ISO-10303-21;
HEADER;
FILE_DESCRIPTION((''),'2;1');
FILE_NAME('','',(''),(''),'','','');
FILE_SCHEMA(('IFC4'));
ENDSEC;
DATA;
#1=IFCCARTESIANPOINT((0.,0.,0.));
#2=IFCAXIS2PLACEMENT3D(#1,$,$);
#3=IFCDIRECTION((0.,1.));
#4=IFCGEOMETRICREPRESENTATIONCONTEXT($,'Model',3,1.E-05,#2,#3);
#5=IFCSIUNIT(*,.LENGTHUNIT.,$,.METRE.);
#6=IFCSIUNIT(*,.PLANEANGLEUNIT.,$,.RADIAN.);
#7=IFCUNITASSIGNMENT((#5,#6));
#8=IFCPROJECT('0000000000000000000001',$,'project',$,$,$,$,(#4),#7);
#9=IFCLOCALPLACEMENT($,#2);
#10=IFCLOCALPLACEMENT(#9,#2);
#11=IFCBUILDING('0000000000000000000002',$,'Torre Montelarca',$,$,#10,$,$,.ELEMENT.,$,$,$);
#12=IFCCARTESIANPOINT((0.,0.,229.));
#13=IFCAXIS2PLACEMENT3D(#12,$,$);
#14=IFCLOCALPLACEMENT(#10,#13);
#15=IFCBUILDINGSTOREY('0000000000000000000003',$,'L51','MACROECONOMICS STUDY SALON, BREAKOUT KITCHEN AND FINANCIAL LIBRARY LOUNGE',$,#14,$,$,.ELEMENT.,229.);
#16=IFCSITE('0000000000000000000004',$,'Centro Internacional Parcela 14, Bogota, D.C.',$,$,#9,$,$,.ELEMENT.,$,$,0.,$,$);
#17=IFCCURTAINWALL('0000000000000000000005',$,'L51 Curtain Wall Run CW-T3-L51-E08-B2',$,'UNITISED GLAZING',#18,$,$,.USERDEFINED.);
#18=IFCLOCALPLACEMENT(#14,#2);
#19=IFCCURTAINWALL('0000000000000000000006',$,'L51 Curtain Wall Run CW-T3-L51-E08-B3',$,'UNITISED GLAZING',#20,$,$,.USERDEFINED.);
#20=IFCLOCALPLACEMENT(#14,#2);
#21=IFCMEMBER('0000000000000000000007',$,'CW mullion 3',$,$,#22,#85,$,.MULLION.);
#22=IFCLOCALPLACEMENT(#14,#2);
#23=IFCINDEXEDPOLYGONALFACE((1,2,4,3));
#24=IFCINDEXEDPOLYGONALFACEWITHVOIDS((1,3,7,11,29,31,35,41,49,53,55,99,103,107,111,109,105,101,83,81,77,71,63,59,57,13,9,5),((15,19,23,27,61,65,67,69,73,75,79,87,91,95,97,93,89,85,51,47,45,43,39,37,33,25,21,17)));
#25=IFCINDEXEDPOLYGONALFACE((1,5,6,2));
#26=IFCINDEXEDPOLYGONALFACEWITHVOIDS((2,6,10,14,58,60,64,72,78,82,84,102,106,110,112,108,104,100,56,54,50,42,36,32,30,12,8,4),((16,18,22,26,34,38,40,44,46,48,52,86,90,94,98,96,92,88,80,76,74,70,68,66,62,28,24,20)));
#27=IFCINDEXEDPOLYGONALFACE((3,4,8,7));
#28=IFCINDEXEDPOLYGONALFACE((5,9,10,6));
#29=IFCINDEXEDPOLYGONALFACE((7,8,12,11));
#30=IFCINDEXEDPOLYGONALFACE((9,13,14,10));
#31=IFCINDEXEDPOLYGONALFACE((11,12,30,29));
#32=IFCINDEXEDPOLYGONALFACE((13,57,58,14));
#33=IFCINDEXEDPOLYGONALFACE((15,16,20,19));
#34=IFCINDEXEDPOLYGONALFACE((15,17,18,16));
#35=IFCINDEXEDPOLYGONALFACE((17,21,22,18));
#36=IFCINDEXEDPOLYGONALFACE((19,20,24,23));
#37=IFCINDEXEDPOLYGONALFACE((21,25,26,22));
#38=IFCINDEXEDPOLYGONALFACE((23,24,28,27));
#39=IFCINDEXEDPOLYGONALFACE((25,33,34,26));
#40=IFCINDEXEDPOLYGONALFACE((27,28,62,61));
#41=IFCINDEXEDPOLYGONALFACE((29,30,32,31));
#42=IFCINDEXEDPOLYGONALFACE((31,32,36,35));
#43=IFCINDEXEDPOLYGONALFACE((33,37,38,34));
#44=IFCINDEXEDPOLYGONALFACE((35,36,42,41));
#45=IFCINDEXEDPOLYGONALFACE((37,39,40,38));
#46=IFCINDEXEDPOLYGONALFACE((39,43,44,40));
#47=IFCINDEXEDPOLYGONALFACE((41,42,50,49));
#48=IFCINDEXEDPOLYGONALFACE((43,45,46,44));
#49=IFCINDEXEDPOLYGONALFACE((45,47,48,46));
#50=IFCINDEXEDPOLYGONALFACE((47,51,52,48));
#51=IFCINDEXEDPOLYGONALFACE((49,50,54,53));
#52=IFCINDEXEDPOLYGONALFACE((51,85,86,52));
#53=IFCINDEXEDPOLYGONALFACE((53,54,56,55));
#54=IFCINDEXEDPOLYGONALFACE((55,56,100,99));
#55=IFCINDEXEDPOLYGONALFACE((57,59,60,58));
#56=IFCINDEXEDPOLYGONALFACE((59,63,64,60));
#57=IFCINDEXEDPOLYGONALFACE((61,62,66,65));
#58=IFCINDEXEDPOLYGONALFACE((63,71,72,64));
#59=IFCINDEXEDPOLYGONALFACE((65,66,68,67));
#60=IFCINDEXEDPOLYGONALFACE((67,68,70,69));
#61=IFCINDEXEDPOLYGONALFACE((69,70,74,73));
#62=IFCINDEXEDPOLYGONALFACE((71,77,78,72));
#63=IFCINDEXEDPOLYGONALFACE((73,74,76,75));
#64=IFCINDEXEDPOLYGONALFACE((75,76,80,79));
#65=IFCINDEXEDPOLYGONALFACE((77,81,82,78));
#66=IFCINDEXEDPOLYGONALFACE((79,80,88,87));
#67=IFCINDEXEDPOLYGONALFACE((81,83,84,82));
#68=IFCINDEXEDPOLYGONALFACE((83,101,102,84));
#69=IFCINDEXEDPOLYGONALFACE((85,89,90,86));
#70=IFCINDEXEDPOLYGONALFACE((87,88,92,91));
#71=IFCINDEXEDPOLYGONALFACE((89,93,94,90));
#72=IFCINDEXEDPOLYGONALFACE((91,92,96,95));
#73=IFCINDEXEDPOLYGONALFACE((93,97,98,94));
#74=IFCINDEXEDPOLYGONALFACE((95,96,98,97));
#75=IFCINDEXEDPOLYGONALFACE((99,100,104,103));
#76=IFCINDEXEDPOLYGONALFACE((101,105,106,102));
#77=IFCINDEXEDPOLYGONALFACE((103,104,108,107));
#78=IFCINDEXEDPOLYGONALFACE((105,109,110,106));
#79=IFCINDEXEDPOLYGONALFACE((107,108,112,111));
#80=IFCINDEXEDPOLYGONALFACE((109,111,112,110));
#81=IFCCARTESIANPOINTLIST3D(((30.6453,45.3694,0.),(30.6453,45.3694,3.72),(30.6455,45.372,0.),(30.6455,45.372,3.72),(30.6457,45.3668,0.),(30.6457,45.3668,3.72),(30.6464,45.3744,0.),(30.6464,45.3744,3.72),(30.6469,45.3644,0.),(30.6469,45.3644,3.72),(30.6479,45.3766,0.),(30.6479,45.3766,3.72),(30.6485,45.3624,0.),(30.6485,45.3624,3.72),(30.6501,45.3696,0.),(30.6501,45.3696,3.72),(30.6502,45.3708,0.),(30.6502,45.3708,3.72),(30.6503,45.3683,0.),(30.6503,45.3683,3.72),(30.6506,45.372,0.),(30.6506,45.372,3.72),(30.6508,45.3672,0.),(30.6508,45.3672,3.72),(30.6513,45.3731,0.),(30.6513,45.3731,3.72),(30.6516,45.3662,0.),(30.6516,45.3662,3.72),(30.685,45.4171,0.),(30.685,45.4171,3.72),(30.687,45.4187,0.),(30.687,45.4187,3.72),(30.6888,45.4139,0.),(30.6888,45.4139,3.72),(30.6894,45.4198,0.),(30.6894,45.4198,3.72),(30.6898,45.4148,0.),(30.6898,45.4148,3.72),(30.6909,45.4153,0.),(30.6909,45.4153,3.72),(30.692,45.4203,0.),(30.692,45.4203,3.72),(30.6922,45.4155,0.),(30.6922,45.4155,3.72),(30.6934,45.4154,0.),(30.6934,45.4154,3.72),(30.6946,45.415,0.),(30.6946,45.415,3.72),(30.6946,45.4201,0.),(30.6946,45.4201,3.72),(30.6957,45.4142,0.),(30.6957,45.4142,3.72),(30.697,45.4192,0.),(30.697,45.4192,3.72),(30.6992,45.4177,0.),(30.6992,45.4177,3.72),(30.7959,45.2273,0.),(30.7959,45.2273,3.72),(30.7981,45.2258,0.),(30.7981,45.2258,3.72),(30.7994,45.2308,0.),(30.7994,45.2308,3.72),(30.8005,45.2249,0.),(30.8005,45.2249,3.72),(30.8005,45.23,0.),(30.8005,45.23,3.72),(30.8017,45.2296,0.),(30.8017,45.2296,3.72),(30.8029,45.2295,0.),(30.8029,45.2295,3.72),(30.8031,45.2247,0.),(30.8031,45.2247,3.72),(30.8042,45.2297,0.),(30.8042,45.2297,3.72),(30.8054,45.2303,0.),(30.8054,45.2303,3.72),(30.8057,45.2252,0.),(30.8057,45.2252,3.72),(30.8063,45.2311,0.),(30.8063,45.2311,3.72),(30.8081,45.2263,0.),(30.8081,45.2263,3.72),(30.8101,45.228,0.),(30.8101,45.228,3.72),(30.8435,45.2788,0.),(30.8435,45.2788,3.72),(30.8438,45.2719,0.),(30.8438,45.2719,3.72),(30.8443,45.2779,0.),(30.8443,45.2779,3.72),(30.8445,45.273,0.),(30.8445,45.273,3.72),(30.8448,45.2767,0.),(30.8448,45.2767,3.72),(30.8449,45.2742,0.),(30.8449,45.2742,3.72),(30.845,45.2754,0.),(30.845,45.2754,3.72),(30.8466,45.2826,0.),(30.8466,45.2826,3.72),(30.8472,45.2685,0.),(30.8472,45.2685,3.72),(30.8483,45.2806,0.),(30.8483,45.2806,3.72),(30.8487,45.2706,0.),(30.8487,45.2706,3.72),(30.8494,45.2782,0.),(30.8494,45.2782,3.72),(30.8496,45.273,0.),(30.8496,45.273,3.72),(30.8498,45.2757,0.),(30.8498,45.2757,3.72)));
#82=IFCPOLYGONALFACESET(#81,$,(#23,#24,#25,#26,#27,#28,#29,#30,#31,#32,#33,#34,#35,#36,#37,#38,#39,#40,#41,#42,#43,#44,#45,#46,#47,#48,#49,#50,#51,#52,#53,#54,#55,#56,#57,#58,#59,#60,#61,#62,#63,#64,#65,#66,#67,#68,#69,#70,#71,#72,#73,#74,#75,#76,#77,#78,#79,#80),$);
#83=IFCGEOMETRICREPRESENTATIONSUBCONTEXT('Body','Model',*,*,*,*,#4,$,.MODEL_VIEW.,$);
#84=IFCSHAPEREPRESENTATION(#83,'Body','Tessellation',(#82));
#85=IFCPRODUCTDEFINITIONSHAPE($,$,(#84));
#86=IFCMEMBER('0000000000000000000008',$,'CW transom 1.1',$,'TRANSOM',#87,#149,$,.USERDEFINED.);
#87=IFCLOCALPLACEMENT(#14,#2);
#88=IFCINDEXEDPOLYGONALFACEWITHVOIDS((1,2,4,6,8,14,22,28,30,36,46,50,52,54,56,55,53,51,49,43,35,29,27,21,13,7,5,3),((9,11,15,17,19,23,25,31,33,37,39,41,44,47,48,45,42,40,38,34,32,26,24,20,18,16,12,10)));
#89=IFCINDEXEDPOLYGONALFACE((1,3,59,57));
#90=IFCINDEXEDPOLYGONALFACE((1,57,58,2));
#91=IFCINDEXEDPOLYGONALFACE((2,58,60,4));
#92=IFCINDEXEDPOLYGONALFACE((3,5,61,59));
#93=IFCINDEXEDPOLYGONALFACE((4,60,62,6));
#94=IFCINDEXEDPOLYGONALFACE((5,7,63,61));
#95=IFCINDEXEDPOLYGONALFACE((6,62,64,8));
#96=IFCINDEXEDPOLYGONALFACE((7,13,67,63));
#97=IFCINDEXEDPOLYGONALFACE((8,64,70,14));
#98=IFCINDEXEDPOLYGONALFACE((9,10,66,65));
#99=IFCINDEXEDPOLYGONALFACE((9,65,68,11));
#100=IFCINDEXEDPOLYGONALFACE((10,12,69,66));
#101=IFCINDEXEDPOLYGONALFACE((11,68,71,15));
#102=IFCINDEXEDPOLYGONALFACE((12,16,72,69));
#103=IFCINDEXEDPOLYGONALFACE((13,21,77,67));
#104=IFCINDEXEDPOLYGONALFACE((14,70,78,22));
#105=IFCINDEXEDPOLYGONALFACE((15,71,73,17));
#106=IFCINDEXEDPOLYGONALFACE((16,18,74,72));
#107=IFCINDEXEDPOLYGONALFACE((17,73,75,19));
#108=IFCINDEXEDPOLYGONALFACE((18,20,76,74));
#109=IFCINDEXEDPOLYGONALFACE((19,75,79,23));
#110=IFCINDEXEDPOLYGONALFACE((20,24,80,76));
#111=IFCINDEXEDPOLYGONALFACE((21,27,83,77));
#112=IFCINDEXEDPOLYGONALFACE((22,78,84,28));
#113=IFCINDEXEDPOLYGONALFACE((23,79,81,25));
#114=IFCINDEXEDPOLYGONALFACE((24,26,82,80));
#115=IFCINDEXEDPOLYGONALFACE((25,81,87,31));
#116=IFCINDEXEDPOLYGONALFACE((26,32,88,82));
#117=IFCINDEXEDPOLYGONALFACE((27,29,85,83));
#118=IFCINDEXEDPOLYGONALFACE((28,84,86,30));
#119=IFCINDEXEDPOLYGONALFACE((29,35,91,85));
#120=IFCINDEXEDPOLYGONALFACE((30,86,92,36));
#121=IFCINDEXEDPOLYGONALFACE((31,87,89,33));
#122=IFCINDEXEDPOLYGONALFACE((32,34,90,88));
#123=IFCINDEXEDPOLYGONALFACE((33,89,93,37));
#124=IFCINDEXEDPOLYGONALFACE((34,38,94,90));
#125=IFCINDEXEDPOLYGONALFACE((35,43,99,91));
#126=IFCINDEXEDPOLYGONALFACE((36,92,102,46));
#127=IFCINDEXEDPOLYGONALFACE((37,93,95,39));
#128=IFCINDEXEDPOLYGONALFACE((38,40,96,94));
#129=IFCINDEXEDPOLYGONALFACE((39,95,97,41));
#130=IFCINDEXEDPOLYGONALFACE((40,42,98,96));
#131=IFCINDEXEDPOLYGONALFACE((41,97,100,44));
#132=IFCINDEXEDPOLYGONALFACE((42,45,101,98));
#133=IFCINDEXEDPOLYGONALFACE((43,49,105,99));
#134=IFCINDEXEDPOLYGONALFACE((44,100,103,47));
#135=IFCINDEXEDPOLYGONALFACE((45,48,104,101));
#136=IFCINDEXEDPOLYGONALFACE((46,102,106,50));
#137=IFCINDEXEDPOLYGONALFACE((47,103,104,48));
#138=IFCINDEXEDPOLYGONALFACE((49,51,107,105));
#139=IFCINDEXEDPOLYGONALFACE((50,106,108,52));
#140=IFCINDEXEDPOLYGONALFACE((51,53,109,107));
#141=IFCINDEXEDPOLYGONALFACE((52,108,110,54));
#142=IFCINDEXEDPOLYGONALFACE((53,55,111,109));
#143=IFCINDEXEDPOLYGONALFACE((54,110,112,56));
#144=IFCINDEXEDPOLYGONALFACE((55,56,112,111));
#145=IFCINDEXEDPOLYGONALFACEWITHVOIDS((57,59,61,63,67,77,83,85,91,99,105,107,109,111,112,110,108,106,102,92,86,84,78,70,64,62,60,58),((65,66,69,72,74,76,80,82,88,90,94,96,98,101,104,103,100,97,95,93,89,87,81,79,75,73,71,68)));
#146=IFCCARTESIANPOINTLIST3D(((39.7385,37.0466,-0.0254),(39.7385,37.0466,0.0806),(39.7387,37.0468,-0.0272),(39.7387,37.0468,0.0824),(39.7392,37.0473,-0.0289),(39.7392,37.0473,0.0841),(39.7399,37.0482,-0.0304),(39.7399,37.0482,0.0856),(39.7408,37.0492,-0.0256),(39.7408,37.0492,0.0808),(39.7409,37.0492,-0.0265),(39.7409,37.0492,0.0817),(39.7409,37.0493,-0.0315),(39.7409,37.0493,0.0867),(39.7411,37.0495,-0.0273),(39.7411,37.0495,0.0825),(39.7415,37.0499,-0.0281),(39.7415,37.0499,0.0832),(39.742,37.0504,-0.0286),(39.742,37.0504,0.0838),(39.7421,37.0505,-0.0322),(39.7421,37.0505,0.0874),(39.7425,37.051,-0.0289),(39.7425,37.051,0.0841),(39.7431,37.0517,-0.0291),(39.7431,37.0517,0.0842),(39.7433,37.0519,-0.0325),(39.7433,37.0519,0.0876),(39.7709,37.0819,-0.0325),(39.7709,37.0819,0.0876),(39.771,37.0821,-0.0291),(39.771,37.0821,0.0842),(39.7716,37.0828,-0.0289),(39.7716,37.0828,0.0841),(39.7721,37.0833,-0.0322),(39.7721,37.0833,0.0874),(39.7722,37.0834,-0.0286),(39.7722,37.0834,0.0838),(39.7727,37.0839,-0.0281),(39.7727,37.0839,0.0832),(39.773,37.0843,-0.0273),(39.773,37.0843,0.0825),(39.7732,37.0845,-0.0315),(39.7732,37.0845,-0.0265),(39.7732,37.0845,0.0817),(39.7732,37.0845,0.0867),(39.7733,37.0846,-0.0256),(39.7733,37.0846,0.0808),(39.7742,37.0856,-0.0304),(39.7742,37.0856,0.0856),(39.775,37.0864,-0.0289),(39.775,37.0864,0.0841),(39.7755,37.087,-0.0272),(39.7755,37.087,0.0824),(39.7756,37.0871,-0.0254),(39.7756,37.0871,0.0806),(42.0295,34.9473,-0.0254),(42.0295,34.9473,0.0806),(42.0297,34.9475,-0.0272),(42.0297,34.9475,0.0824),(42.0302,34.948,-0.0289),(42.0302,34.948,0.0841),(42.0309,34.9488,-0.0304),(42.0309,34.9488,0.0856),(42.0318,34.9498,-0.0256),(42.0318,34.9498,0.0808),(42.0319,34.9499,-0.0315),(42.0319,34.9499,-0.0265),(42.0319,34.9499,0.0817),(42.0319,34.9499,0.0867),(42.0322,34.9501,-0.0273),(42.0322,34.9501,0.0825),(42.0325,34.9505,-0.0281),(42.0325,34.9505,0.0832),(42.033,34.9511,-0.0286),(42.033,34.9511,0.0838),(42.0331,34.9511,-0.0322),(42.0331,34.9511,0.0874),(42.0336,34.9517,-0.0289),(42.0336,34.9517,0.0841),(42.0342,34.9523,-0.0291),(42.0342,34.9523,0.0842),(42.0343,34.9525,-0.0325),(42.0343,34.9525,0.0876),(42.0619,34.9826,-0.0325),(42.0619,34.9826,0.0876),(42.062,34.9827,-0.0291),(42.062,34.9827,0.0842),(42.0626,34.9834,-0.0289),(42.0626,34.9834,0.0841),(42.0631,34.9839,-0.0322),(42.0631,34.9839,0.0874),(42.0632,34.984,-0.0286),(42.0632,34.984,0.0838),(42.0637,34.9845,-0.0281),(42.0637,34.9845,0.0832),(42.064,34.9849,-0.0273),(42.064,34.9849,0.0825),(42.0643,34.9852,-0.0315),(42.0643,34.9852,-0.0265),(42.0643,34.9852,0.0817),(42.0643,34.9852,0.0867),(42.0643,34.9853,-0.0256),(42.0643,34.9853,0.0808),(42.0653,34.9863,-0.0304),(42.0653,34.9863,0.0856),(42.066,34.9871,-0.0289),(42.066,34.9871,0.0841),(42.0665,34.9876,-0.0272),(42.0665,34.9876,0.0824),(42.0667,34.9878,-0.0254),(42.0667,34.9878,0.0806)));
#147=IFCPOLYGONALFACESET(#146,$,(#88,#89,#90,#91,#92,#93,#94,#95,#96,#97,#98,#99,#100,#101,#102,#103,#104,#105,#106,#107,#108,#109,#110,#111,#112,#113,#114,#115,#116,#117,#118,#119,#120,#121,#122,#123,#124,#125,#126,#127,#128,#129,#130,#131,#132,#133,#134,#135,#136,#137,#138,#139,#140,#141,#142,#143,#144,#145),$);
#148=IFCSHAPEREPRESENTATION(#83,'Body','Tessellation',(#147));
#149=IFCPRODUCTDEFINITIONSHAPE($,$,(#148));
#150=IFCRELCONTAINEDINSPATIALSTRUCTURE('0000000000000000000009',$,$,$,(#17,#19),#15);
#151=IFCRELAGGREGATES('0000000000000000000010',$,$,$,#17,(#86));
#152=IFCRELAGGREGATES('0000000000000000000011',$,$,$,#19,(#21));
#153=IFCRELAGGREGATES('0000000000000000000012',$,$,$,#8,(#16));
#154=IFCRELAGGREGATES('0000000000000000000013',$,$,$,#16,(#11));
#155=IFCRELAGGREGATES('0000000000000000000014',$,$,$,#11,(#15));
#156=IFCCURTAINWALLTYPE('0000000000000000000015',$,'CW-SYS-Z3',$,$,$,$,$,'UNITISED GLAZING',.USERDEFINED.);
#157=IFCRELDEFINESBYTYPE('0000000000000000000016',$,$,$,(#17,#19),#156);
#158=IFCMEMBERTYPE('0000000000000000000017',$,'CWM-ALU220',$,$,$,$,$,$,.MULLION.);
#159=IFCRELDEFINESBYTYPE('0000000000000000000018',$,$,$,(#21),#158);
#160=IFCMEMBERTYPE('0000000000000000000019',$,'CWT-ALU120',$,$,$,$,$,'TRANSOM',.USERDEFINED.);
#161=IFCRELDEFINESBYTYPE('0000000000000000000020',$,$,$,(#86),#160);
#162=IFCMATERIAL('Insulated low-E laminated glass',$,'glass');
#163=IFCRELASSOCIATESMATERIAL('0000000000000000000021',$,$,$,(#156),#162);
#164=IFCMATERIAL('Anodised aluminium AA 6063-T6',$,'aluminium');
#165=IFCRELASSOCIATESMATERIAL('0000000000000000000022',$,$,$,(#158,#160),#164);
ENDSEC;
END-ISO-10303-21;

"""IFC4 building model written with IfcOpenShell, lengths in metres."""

from ifc_helpers import new_model, si_unit, direction, frame, origin, origin_2d, place, context, subcontext, project, spatial, hollow_rectangle, extrude, source, transform, mapped, material, material_profile, profile_set, type_object, element, aggregate, save


model = new_model("IFC4")

# Units and contexts
model_context = context("Model", 3, precision=1e-05, world=origin(), true_north=direction((0.0, 1.0)))
body_context = subcontext(model_context, "Body", "Model", "MODEL_VIEW")
ifc_project = project(units=[si_unit("LENGTHUNIT", "METRE"), si_unit("PLANEANGLEUNIT", "RADIAN")], contexts=[model_context])

# Site, building, storey
site_placement = place(None, origin())
site = spatial("IfcSite", under=ifc_project, at=site_placement, Name="Centro Internacional Parcela 14, Bogota, D.C.", CompositionType="ELEMENT", RefElevation=0.0)
building_placement = place(site_placement, origin())
building = spatial("IfcBuilding", under=site, at=building_placement, Name="Torre Montelarca", CompositionType="ELEMENT")
storey_placement = place(building_placement, frame((0.0, 0.0, 229.0)))
storey = spatial("IfcBuildingStorey", under=building, at=storey_placement, Name="L51", Description="MACROECONOMICS STUDY SALON, BREAKOUT KITCHEN AND FINANCIAL LIBRARY LOUNGE", CompositionType="ELEMENT", Elevation=229.0)

# Curtain walls, member
ifc_material_1 = material(Name="Insulated low-E laminated glass", Category="glass")
curtain_wall_type = type_object("IfcCurtainWallType", Name="CW-SYS-Z3", ElementType="UNITISED GLAZING", PredefinedType="USERDEFINED", material=ifc_material_1)
ifc_material_2 = material(Name="Anodised aluminium AA 6063-T6", Category="aluminium")
ifc_material_profile_1 = material_profile(ifc_material_2, hollow_rectangle(XDim=0.075, YDim=0.22, WallThickness=0.0049, InnerFilletRadius=0.0049, OuterFilletRadius=0.01, at=origin_2d()), Name="ALU75X220X5", Category="aluminium")
ifc_profile_set_1 = profile_set([ifc_material_profile_1], Name="Anodised aluminium AA 6063-T6")
member_type_1 = type_object("IfcMemberType", Name="CWM-ALU220", PredefinedType="MULLION", material=ifc_profile_set_1)
shared_shape_1 = source(origin(), body_context, "Body", "SweptSolid", [
    extrude(hollow_rectangle(XDim=0.075, YDim=0.22, WallThickness=0.0049, InnerFilletRadius=0.0049, OuterFilletRadius=0.01, at=origin_2d()), origin(), (0.0, 0.0, 1.0), 3.72),
])
curtain_wall_1_placement = place(storey_placement, origin())
curtain_wall_1 = element("IfcCurtainWall", 1, at=curtain_wall_1_placement, inside=storey, type_object=curtain_wall_type, Name="L51 Curtain Wall Run CW-T3-L51-E08-B2", ObjectType="UNITISED GLAZING", PredefinedType="USERDEFINED")
curtain_wall_2_placement = place(storey_placement, origin())
curtain_wall_2 = element("IfcCurtainWall", 2, at=curtain_wall_2_placement, inside=storey, type_object=curtain_wall_type, Name="L51 Curtain Wall Run CW-T3-L51-E08-B3", ObjectType="UNITISED GLAZING", PredefinedType="USERDEFINED")
member_1_placement = place(storey_placement, frame((30.7476, 45.3225, 0.0), z_axis=(0.0, 0.0, 1.0), x_axis=(-0.675595, -0.737273, 0.0)))
member_1 = element("IfcMember", 3, at=member_1_placement, type_object=member_type_1, Name="CW mullion 3", PredefinedType="MULLION", context=body_context, shape_type="MappedRepresentation", body=[
    mapped(shared_shape_1, transform((0.0, 0.0, 0.0), scale=1.0)),
])

# Member
ifc_material_profile_2 = material_profile(ifc_material_2, hollow_rectangle(XDim=0.0549, YDim=0.1201, WallThickness=0.0034, InnerFilletRadius=0.0034, OuterFilletRadius=0.0071, at=origin_2d()), Name="ALU55X120X3.5", Category="aluminium")
ifc_profile_set_2 = profile_set([ifc_material_profile_2], Name="Anodised aluminium AA 6063-T6")
member_type_2 = type_object("IfcMemberType", Name="CWT-ALU120", ElementType="TRANSOM", PredefinedType="USERDEFINED", material=ifc_profile_set_2)
shared_shape_2 = source(origin(), body_context, "Body", "SweptSolid", [
    extrude(hollow_rectangle(XDim=0.0549, YDim=0.1201, WallThickness=0.0034, InnerFilletRadius=0.0034, OuterFilletRadius=0.0071, at=origin_2d()), origin(), (0.0, 0.0, 1.0), 3.1074),
])
member_2_placement = place(storey_placement, frame((42.0481, 34.9675, 0.0276), z_axis=(-0.737272, 0.675597, 0.0), x_axis=(-0.675597, -0.737272, 0.0)))
member_2 = element("IfcMember", 4, at=member_2_placement, type_object=member_type_2, Name="CW transom 1.1", ObjectType="TRANSOM", PredefinedType="USERDEFINED", context=body_context, shape_type="MappedRepresentation", body=[
    mapped(shared_shape_2, transform((0.0, 0.0, 0.0), scale=1.0)),
])

aggregate(curtain_wall_1, [member_2])
aggregate(curtain_wall_2, [member_1])

save(model, "model.ifc")
